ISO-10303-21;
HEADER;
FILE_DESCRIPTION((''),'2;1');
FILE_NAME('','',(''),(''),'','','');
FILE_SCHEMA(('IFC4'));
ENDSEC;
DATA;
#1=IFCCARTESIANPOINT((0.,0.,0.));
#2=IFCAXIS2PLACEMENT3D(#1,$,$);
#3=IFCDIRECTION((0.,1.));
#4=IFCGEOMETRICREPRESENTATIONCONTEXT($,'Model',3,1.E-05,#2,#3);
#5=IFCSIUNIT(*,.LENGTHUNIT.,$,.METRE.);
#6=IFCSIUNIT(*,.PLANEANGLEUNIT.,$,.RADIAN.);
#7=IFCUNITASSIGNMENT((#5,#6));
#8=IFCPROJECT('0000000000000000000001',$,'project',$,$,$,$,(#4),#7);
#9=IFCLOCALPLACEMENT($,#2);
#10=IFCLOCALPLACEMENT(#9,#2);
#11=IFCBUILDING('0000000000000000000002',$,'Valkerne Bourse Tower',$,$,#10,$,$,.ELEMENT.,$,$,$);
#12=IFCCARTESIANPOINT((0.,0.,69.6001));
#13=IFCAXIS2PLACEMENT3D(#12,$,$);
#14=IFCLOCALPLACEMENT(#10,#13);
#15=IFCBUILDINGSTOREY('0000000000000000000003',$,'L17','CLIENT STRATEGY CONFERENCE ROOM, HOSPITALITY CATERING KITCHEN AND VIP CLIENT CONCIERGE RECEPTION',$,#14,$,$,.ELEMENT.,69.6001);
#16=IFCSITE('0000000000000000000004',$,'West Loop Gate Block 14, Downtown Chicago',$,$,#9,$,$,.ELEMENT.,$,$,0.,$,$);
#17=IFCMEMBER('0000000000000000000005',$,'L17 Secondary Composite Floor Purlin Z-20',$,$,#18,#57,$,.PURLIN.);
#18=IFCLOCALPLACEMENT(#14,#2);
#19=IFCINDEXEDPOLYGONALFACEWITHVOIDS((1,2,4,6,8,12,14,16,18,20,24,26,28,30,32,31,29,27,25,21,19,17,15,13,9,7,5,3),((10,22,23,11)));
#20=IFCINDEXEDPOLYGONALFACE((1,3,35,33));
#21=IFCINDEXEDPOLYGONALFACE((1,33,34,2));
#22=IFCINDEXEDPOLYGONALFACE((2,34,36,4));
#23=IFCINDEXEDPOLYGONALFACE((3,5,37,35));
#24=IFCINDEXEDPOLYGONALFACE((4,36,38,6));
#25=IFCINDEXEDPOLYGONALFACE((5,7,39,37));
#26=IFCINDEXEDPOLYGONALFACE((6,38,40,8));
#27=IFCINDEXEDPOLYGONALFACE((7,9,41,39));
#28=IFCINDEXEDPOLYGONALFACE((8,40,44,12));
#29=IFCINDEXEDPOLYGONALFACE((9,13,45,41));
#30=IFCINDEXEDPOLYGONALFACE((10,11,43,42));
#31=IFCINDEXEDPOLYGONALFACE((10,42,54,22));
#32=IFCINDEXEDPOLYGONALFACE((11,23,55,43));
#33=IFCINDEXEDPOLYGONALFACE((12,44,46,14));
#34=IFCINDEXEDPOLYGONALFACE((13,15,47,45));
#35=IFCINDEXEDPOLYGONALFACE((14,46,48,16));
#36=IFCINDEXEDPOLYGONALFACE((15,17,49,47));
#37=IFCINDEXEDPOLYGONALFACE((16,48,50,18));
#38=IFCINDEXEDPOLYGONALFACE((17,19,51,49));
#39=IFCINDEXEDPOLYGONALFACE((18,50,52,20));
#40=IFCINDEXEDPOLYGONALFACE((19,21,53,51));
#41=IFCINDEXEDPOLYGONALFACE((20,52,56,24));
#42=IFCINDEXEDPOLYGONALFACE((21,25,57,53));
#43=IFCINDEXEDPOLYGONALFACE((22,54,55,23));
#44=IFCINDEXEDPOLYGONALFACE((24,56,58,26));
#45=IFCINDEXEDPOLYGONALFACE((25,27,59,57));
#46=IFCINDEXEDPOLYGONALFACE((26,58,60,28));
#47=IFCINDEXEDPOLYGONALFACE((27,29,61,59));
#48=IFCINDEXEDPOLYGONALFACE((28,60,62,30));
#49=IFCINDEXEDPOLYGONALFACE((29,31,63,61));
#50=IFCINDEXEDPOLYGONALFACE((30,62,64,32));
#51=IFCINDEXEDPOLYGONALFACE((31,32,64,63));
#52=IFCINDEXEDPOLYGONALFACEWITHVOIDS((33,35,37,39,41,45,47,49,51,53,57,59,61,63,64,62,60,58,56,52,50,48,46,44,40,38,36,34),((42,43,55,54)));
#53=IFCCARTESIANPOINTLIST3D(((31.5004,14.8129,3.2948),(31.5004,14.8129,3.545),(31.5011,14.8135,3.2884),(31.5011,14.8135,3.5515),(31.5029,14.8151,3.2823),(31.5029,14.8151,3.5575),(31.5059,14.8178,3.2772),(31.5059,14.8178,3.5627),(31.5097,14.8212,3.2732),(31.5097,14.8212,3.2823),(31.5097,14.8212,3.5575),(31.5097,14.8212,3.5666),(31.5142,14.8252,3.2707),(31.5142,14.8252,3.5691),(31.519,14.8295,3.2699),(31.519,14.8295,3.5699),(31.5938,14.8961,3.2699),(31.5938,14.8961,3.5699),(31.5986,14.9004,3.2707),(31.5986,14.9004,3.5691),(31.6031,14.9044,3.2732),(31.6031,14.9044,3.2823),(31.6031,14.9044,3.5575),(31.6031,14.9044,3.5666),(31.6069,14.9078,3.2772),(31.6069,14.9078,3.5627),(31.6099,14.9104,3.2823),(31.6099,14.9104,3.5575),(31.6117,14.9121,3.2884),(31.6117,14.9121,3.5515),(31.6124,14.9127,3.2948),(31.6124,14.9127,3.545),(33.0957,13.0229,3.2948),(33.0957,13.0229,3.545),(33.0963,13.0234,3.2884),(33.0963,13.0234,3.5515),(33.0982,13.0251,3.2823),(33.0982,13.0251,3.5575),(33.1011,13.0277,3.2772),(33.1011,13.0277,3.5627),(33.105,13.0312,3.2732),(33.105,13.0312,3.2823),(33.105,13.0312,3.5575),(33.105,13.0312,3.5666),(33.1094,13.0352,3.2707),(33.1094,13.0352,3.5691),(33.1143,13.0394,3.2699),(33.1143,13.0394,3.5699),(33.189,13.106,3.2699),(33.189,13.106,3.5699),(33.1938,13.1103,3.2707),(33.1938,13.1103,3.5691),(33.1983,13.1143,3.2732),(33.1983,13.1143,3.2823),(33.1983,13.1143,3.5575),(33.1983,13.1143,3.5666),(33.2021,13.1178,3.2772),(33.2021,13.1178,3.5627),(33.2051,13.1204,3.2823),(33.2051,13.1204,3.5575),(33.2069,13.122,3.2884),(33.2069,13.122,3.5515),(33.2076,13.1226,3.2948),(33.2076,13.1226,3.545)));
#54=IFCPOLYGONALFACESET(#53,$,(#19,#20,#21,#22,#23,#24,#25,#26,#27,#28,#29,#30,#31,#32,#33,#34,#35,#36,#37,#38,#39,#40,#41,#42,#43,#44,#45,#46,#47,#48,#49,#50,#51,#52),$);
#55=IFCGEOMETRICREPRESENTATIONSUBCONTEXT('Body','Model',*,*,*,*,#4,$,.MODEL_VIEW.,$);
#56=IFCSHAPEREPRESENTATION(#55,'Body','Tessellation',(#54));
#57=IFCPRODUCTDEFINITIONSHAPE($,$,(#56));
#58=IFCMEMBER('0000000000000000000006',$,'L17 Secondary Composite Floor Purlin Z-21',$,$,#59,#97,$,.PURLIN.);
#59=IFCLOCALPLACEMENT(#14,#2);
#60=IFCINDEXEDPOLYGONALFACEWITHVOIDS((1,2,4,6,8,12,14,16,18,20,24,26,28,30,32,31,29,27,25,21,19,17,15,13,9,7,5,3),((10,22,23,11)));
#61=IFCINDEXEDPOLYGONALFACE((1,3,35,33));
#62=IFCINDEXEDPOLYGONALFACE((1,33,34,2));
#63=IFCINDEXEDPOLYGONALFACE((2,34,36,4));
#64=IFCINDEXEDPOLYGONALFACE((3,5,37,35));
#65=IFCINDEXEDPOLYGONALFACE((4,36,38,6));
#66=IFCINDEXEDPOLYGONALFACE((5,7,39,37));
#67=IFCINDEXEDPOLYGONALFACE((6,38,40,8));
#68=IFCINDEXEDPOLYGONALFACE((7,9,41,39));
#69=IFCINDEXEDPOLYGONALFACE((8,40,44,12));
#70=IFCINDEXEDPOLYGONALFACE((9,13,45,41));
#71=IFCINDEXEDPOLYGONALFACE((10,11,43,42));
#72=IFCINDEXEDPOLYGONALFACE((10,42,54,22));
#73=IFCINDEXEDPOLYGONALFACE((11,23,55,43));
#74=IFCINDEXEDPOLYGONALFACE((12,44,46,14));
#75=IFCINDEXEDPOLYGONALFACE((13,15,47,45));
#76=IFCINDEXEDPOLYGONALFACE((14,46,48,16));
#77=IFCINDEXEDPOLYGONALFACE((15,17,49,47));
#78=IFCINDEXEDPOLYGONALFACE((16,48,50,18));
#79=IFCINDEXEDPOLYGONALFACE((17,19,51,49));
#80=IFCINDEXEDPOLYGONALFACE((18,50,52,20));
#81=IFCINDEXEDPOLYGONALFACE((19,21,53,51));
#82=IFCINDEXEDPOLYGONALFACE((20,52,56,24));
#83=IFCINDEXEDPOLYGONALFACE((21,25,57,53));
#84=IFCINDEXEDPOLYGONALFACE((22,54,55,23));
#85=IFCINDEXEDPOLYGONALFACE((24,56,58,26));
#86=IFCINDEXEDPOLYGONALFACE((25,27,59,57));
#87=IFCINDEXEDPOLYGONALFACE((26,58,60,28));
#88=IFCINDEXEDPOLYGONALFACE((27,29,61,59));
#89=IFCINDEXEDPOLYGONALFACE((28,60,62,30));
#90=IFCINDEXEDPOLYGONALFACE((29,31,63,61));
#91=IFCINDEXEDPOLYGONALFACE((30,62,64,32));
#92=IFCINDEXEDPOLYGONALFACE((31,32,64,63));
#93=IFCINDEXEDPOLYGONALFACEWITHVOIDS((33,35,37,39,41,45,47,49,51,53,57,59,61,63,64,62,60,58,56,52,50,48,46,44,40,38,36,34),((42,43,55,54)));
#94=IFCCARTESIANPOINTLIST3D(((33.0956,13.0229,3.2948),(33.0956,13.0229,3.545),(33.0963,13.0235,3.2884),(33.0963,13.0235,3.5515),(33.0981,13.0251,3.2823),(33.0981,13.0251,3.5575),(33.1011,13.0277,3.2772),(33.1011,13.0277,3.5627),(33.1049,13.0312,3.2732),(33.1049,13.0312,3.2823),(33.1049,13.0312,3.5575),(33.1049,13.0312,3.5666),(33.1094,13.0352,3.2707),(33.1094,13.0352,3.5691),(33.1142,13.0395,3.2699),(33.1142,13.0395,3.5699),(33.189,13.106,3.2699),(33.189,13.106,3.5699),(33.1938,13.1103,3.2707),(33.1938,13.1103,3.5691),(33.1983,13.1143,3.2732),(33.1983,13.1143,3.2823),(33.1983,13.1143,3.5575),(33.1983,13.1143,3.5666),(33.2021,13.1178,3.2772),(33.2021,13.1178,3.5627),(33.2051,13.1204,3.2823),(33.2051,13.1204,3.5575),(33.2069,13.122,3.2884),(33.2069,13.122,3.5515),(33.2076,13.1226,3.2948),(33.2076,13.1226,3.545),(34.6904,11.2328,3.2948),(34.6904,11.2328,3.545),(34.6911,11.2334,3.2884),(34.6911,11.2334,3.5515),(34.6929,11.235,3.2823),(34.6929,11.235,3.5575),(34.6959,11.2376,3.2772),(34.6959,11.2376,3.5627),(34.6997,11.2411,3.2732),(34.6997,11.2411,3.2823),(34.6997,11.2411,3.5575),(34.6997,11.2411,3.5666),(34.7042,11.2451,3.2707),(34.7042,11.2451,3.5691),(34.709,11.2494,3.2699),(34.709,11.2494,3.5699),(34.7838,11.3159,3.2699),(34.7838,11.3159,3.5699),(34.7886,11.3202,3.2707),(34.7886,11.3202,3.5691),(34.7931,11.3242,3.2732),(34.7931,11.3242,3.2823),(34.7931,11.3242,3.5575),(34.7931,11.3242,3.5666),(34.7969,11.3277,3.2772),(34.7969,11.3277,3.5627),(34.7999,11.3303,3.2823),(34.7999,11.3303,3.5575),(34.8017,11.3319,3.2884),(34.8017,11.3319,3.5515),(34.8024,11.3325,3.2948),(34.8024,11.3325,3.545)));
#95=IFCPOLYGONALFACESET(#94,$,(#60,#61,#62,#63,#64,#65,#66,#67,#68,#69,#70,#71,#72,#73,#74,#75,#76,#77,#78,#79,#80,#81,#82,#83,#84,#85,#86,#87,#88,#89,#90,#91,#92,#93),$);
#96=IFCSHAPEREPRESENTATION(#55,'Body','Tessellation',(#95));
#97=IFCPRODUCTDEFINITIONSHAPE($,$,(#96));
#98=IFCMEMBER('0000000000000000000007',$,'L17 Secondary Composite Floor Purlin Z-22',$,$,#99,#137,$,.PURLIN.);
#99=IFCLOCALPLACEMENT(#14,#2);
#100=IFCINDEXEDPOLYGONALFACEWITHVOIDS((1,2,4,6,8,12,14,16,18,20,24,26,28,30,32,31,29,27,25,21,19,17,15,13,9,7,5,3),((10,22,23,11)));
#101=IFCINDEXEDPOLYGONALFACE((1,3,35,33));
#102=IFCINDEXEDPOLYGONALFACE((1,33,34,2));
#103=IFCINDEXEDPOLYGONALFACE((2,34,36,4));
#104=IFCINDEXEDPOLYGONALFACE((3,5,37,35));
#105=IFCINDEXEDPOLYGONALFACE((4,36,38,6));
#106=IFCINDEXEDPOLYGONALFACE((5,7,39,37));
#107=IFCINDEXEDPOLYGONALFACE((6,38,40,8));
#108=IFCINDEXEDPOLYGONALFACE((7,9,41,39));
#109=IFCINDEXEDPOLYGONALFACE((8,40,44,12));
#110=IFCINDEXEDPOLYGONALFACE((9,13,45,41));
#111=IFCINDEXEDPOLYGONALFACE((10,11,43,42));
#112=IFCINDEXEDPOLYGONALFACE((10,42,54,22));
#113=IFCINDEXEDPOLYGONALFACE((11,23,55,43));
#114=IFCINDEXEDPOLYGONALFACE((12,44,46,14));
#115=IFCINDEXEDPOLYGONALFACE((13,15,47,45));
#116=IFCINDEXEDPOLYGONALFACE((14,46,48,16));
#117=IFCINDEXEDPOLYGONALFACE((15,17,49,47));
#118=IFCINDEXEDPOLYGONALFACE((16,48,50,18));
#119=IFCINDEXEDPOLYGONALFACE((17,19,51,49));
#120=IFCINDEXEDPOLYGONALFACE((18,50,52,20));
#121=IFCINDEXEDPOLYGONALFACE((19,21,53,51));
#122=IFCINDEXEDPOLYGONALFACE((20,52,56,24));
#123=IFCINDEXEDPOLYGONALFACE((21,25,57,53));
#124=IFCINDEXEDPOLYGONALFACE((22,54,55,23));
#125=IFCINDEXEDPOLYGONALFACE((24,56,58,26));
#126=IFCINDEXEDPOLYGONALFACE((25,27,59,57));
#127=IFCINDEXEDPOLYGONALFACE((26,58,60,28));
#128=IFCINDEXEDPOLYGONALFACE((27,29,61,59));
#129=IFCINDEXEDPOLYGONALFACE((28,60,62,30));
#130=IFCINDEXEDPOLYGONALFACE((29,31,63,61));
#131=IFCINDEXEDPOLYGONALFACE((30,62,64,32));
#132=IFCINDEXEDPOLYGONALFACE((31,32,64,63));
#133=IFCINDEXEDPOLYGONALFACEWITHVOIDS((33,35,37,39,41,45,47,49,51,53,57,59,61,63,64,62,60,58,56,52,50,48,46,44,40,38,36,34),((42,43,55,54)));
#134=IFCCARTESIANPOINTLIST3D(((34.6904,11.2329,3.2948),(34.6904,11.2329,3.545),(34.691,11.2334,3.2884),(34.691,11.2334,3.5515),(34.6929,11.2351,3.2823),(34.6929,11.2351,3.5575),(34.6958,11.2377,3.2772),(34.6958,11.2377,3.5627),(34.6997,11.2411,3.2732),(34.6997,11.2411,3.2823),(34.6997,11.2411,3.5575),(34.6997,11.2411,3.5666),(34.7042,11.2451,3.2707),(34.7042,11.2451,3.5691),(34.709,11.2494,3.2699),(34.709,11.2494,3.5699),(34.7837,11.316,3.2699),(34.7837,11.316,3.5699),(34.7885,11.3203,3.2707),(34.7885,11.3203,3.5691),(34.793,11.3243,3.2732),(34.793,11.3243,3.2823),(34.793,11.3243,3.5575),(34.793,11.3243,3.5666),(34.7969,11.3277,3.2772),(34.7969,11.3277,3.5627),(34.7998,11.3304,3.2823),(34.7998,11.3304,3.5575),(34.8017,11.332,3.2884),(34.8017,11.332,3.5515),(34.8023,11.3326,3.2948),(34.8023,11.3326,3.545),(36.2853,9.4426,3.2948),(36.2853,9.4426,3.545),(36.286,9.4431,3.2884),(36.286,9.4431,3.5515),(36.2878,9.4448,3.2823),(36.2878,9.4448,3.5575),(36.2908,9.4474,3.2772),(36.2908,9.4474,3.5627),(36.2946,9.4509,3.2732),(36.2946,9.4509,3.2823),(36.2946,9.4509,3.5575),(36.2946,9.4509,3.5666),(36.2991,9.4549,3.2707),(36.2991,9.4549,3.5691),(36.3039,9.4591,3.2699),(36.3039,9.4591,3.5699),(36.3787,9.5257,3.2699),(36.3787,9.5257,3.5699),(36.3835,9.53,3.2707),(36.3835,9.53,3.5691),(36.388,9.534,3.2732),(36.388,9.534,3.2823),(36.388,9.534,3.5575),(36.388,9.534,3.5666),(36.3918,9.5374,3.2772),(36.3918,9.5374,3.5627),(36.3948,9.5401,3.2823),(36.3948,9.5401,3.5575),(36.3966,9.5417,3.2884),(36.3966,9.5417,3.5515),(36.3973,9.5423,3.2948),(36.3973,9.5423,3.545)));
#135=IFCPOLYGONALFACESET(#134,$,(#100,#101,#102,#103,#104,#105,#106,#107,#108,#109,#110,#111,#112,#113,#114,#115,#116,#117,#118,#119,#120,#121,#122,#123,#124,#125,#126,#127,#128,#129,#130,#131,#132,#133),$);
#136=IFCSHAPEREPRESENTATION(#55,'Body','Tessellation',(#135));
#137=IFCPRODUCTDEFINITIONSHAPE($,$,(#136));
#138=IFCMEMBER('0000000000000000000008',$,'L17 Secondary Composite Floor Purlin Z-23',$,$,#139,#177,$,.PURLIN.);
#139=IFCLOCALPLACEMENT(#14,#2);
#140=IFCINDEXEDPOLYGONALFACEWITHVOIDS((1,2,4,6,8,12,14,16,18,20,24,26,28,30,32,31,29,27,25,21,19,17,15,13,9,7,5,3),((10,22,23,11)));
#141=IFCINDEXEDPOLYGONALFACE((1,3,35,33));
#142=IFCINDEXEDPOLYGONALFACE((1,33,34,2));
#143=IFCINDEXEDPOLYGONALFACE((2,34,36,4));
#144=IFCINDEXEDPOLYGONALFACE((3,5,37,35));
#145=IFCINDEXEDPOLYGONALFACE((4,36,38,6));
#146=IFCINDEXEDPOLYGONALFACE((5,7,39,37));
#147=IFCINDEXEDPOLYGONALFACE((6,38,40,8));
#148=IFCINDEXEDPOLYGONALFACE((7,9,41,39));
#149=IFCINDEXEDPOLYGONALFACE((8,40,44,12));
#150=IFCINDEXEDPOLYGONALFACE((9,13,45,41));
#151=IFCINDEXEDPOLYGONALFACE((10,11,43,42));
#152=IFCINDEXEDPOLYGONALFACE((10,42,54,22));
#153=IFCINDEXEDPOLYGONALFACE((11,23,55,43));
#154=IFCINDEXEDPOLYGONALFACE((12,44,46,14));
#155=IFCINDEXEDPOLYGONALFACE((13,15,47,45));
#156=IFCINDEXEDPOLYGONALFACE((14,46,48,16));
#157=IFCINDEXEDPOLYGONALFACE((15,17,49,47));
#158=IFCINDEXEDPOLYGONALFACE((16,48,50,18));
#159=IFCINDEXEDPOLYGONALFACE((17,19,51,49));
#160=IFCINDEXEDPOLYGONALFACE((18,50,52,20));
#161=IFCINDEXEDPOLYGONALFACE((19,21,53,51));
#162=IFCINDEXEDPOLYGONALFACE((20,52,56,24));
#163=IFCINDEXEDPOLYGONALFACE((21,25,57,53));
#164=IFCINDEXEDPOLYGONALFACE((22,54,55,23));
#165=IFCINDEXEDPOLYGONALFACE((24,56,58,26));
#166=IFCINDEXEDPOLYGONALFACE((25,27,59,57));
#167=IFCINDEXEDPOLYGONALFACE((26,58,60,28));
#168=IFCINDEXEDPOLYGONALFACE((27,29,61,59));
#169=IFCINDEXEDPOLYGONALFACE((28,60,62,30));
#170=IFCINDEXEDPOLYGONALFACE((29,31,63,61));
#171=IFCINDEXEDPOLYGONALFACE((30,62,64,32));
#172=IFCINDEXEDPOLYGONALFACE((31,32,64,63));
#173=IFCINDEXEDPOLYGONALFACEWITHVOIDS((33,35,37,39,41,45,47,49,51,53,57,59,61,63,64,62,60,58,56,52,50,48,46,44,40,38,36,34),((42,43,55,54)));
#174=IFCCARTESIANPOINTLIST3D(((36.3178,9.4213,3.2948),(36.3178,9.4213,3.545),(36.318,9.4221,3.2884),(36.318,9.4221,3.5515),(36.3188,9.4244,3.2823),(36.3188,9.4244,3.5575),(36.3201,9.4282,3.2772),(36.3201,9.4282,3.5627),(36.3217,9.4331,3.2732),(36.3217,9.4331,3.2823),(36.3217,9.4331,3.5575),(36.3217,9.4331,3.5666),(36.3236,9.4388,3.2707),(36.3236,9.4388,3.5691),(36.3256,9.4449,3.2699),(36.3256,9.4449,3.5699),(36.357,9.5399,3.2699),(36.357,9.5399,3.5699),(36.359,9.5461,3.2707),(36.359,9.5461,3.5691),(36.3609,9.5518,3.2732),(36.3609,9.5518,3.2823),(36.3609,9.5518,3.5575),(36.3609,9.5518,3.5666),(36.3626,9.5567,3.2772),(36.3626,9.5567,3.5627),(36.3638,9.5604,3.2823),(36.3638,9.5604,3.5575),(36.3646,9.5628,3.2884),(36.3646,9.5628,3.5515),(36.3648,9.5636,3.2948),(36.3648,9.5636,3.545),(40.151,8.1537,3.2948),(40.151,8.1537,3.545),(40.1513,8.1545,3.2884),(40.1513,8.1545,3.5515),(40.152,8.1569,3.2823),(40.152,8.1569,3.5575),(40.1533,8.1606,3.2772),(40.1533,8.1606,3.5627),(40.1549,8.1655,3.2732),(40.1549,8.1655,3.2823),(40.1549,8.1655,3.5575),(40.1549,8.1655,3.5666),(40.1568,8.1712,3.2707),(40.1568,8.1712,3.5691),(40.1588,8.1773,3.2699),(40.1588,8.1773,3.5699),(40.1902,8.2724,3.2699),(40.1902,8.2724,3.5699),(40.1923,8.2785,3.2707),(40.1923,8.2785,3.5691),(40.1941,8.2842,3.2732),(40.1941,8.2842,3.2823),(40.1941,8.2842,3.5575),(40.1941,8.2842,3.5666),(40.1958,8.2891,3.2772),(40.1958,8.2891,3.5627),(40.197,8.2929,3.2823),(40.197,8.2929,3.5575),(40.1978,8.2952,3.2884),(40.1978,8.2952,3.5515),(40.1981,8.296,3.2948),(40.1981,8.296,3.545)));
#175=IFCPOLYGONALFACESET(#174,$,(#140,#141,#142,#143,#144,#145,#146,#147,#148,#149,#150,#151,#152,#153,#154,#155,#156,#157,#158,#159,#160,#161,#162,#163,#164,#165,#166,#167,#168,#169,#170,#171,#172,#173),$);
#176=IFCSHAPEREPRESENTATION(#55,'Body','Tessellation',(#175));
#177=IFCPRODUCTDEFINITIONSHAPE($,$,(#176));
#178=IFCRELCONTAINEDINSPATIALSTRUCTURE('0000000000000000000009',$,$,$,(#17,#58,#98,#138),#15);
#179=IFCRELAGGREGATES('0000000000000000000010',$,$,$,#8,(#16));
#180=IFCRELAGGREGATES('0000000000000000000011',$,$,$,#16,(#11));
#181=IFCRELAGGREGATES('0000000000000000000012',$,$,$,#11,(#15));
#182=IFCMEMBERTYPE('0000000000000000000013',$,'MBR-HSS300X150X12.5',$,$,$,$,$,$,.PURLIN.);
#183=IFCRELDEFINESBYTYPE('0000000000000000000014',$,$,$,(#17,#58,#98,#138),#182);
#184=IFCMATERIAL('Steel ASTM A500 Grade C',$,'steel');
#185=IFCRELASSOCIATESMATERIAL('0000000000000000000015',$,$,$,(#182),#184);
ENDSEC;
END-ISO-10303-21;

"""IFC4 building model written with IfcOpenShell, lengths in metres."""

from ifc_helpers import new_model, si_unit, direction, frame, origin, origin_2d, place, context, subcontext, project, spatial, hollow_rectangle, extrude, material, material_profile, profile_set, type_object, element, save


model = new_model("IFC4")

# Units and contexts
model_context = context("Model", 3, precision=1e-05, world=origin(), true_north=direction((0.0, 1.0)))
body_context = subcontext(model_context, "Body", "Model", "MODEL_VIEW")
ifc_project = project(units=[si_unit("LENGTHUNIT", "METRE"), si_unit("PLANEANGLEUNIT", "RADIAN")], contexts=[model_context])

# Site, building, storey
site_placement = place(None, origin())
site = spatial("IfcSite", under=ifc_project, at=site_placement, Name="West Loop Gate Block 14, Downtown Chicago", CompositionType="ELEMENT", RefElevation=0.0)
building_placement = place(site_placement, origin())
building = spatial("IfcBuilding", under=site, at=building_placement, Name="Valkerne Bourse Tower", CompositionType="ELEMENT")
storey_placement = place(building_placement, frame((0.0, 0.0, 69.6001)))
storey = spatial("IfcBuildingStorey", under=building, at=storey_placement, Name="L17", Description="CLIENT STRATEGY CONFERENCE ROOM, HOSPITALITY CATERING KITCHEN AND VIP CLIENT CONCIERGE RECEPTION", CompositionType="ELEMENT", Elevation=69.6001)

# Members
ifc_material_1 = material(Name="Steel ASTM A500 Grade C", Category="steel")
ifc_material_profile_1 = material_profile(ifc_material_1, hollow_rectangle(XDim=0.1499, YDim=0.3, WallThickness=0.0125, OuterFilletRadius=0.0249, at=origin_2d()), Name="HSS300X150X12.5")
ifc_profile_set_1 = profile_set([ifc_material_profile_1], Name="Steel ASTM A500 Grade C")
member_type_1 = type_object("IfcMemberType", Name="MBR-HSS300X150X12.5", PredefinedType="PURLIN", material=ifc_profile_set_1)
member_1_placement = place(storey_placement, frame((31.5564, 14.8628, 3.4199), z_axis=(0.665311, -0.746566, 0.0), x_axis=(0.746566, 0.665311, 0.0)))
element("IfcMember", 1, at=member_1_placement, inside=storey, type_object=member_type_1, Name="L17 Secondary Composite Floor Purlin Z-20", PredefinedType="PURLIN", context=body_context, shape_type="SweptSolid", body=[
    extrude(hollow_rectangle(XDim=0.1499, YDim=0.3, WallThickness=0.0125, OuterFilletRadius=0.0249, at=origin_2d()), origin(), (0.0, 0.0, 1.0), 2.3977),
])
member_2_placement = place(storey_placement, frame((33.1516, 13.0728, 3.4199), z_axis=(0.665198, -0.746667, 0.0), x_axis=(0.746667, 0.665198, 0.0)))
element("IfcMember", 2, at=member_2_placement, inside=storey, type_object=member_type_1, Name="L17 Secondary Composite Floor Purlin Z-21", PredefinedType="PURLIN", context=body_context, shape_type="SweptSolid", body=[
    extrude(hollow_rectangle(XDim=0.1499, YDim=0.3, WallThickness=0.0125, OuterFilletRadius=0.0249, at=origin_2d()), origin(), (0.0, 0.0, 1.0), 2.3975),
])
member_3_placement = place(storey_placement, frame((34.7463, 11.2827, 3.4199), z_axis=(0.665204, -0.746662, 0.0), x_axis=(0.746662, 0.665204, 0.0)))
element("IfcMember", 3, at=member_3_placement, inside=storey, type_object=member_type_1, Name="L17 Secondary Composite Floor Purlin Z-22", PredefinedType="PURLIN", context=body_context, shape_type="SweptSolid", body=[
    extrude(hollow_rectangle(XDim=0.1499, YDim=0.3, WallThickness=0.0125, OuterFilletRadius=0.0249, at=origin_2d()), origin(), (0.0, 0.0, 1.0), 2.3977),
])
member_4_placement = place(storey_placement, frame((36.3413, 9.4924, 3.4199), z_axis=(0.949436, -0.313959, 0.0), x_axis=(0.313959, 0.949436, 0.0)))
element("IfcMember", 4, at=member_4_placement, inside=storey, type_object=member_type_1, Name="L17 Secondary Composite Floor Purlin Z-23", PredefinedType="PURLIN", context=body_context, shape_type="SweptSolid", body=[
    extrude(hollow_rectangle(XDim=0.1499, YDim=0.3, WallThickness=0.0125, OuterFilletRadius=0.0249, at=origin_2d()), origin(), (0.0, 0.0, 1.0), 4.0374),
])

save(model, "model.ifc")
